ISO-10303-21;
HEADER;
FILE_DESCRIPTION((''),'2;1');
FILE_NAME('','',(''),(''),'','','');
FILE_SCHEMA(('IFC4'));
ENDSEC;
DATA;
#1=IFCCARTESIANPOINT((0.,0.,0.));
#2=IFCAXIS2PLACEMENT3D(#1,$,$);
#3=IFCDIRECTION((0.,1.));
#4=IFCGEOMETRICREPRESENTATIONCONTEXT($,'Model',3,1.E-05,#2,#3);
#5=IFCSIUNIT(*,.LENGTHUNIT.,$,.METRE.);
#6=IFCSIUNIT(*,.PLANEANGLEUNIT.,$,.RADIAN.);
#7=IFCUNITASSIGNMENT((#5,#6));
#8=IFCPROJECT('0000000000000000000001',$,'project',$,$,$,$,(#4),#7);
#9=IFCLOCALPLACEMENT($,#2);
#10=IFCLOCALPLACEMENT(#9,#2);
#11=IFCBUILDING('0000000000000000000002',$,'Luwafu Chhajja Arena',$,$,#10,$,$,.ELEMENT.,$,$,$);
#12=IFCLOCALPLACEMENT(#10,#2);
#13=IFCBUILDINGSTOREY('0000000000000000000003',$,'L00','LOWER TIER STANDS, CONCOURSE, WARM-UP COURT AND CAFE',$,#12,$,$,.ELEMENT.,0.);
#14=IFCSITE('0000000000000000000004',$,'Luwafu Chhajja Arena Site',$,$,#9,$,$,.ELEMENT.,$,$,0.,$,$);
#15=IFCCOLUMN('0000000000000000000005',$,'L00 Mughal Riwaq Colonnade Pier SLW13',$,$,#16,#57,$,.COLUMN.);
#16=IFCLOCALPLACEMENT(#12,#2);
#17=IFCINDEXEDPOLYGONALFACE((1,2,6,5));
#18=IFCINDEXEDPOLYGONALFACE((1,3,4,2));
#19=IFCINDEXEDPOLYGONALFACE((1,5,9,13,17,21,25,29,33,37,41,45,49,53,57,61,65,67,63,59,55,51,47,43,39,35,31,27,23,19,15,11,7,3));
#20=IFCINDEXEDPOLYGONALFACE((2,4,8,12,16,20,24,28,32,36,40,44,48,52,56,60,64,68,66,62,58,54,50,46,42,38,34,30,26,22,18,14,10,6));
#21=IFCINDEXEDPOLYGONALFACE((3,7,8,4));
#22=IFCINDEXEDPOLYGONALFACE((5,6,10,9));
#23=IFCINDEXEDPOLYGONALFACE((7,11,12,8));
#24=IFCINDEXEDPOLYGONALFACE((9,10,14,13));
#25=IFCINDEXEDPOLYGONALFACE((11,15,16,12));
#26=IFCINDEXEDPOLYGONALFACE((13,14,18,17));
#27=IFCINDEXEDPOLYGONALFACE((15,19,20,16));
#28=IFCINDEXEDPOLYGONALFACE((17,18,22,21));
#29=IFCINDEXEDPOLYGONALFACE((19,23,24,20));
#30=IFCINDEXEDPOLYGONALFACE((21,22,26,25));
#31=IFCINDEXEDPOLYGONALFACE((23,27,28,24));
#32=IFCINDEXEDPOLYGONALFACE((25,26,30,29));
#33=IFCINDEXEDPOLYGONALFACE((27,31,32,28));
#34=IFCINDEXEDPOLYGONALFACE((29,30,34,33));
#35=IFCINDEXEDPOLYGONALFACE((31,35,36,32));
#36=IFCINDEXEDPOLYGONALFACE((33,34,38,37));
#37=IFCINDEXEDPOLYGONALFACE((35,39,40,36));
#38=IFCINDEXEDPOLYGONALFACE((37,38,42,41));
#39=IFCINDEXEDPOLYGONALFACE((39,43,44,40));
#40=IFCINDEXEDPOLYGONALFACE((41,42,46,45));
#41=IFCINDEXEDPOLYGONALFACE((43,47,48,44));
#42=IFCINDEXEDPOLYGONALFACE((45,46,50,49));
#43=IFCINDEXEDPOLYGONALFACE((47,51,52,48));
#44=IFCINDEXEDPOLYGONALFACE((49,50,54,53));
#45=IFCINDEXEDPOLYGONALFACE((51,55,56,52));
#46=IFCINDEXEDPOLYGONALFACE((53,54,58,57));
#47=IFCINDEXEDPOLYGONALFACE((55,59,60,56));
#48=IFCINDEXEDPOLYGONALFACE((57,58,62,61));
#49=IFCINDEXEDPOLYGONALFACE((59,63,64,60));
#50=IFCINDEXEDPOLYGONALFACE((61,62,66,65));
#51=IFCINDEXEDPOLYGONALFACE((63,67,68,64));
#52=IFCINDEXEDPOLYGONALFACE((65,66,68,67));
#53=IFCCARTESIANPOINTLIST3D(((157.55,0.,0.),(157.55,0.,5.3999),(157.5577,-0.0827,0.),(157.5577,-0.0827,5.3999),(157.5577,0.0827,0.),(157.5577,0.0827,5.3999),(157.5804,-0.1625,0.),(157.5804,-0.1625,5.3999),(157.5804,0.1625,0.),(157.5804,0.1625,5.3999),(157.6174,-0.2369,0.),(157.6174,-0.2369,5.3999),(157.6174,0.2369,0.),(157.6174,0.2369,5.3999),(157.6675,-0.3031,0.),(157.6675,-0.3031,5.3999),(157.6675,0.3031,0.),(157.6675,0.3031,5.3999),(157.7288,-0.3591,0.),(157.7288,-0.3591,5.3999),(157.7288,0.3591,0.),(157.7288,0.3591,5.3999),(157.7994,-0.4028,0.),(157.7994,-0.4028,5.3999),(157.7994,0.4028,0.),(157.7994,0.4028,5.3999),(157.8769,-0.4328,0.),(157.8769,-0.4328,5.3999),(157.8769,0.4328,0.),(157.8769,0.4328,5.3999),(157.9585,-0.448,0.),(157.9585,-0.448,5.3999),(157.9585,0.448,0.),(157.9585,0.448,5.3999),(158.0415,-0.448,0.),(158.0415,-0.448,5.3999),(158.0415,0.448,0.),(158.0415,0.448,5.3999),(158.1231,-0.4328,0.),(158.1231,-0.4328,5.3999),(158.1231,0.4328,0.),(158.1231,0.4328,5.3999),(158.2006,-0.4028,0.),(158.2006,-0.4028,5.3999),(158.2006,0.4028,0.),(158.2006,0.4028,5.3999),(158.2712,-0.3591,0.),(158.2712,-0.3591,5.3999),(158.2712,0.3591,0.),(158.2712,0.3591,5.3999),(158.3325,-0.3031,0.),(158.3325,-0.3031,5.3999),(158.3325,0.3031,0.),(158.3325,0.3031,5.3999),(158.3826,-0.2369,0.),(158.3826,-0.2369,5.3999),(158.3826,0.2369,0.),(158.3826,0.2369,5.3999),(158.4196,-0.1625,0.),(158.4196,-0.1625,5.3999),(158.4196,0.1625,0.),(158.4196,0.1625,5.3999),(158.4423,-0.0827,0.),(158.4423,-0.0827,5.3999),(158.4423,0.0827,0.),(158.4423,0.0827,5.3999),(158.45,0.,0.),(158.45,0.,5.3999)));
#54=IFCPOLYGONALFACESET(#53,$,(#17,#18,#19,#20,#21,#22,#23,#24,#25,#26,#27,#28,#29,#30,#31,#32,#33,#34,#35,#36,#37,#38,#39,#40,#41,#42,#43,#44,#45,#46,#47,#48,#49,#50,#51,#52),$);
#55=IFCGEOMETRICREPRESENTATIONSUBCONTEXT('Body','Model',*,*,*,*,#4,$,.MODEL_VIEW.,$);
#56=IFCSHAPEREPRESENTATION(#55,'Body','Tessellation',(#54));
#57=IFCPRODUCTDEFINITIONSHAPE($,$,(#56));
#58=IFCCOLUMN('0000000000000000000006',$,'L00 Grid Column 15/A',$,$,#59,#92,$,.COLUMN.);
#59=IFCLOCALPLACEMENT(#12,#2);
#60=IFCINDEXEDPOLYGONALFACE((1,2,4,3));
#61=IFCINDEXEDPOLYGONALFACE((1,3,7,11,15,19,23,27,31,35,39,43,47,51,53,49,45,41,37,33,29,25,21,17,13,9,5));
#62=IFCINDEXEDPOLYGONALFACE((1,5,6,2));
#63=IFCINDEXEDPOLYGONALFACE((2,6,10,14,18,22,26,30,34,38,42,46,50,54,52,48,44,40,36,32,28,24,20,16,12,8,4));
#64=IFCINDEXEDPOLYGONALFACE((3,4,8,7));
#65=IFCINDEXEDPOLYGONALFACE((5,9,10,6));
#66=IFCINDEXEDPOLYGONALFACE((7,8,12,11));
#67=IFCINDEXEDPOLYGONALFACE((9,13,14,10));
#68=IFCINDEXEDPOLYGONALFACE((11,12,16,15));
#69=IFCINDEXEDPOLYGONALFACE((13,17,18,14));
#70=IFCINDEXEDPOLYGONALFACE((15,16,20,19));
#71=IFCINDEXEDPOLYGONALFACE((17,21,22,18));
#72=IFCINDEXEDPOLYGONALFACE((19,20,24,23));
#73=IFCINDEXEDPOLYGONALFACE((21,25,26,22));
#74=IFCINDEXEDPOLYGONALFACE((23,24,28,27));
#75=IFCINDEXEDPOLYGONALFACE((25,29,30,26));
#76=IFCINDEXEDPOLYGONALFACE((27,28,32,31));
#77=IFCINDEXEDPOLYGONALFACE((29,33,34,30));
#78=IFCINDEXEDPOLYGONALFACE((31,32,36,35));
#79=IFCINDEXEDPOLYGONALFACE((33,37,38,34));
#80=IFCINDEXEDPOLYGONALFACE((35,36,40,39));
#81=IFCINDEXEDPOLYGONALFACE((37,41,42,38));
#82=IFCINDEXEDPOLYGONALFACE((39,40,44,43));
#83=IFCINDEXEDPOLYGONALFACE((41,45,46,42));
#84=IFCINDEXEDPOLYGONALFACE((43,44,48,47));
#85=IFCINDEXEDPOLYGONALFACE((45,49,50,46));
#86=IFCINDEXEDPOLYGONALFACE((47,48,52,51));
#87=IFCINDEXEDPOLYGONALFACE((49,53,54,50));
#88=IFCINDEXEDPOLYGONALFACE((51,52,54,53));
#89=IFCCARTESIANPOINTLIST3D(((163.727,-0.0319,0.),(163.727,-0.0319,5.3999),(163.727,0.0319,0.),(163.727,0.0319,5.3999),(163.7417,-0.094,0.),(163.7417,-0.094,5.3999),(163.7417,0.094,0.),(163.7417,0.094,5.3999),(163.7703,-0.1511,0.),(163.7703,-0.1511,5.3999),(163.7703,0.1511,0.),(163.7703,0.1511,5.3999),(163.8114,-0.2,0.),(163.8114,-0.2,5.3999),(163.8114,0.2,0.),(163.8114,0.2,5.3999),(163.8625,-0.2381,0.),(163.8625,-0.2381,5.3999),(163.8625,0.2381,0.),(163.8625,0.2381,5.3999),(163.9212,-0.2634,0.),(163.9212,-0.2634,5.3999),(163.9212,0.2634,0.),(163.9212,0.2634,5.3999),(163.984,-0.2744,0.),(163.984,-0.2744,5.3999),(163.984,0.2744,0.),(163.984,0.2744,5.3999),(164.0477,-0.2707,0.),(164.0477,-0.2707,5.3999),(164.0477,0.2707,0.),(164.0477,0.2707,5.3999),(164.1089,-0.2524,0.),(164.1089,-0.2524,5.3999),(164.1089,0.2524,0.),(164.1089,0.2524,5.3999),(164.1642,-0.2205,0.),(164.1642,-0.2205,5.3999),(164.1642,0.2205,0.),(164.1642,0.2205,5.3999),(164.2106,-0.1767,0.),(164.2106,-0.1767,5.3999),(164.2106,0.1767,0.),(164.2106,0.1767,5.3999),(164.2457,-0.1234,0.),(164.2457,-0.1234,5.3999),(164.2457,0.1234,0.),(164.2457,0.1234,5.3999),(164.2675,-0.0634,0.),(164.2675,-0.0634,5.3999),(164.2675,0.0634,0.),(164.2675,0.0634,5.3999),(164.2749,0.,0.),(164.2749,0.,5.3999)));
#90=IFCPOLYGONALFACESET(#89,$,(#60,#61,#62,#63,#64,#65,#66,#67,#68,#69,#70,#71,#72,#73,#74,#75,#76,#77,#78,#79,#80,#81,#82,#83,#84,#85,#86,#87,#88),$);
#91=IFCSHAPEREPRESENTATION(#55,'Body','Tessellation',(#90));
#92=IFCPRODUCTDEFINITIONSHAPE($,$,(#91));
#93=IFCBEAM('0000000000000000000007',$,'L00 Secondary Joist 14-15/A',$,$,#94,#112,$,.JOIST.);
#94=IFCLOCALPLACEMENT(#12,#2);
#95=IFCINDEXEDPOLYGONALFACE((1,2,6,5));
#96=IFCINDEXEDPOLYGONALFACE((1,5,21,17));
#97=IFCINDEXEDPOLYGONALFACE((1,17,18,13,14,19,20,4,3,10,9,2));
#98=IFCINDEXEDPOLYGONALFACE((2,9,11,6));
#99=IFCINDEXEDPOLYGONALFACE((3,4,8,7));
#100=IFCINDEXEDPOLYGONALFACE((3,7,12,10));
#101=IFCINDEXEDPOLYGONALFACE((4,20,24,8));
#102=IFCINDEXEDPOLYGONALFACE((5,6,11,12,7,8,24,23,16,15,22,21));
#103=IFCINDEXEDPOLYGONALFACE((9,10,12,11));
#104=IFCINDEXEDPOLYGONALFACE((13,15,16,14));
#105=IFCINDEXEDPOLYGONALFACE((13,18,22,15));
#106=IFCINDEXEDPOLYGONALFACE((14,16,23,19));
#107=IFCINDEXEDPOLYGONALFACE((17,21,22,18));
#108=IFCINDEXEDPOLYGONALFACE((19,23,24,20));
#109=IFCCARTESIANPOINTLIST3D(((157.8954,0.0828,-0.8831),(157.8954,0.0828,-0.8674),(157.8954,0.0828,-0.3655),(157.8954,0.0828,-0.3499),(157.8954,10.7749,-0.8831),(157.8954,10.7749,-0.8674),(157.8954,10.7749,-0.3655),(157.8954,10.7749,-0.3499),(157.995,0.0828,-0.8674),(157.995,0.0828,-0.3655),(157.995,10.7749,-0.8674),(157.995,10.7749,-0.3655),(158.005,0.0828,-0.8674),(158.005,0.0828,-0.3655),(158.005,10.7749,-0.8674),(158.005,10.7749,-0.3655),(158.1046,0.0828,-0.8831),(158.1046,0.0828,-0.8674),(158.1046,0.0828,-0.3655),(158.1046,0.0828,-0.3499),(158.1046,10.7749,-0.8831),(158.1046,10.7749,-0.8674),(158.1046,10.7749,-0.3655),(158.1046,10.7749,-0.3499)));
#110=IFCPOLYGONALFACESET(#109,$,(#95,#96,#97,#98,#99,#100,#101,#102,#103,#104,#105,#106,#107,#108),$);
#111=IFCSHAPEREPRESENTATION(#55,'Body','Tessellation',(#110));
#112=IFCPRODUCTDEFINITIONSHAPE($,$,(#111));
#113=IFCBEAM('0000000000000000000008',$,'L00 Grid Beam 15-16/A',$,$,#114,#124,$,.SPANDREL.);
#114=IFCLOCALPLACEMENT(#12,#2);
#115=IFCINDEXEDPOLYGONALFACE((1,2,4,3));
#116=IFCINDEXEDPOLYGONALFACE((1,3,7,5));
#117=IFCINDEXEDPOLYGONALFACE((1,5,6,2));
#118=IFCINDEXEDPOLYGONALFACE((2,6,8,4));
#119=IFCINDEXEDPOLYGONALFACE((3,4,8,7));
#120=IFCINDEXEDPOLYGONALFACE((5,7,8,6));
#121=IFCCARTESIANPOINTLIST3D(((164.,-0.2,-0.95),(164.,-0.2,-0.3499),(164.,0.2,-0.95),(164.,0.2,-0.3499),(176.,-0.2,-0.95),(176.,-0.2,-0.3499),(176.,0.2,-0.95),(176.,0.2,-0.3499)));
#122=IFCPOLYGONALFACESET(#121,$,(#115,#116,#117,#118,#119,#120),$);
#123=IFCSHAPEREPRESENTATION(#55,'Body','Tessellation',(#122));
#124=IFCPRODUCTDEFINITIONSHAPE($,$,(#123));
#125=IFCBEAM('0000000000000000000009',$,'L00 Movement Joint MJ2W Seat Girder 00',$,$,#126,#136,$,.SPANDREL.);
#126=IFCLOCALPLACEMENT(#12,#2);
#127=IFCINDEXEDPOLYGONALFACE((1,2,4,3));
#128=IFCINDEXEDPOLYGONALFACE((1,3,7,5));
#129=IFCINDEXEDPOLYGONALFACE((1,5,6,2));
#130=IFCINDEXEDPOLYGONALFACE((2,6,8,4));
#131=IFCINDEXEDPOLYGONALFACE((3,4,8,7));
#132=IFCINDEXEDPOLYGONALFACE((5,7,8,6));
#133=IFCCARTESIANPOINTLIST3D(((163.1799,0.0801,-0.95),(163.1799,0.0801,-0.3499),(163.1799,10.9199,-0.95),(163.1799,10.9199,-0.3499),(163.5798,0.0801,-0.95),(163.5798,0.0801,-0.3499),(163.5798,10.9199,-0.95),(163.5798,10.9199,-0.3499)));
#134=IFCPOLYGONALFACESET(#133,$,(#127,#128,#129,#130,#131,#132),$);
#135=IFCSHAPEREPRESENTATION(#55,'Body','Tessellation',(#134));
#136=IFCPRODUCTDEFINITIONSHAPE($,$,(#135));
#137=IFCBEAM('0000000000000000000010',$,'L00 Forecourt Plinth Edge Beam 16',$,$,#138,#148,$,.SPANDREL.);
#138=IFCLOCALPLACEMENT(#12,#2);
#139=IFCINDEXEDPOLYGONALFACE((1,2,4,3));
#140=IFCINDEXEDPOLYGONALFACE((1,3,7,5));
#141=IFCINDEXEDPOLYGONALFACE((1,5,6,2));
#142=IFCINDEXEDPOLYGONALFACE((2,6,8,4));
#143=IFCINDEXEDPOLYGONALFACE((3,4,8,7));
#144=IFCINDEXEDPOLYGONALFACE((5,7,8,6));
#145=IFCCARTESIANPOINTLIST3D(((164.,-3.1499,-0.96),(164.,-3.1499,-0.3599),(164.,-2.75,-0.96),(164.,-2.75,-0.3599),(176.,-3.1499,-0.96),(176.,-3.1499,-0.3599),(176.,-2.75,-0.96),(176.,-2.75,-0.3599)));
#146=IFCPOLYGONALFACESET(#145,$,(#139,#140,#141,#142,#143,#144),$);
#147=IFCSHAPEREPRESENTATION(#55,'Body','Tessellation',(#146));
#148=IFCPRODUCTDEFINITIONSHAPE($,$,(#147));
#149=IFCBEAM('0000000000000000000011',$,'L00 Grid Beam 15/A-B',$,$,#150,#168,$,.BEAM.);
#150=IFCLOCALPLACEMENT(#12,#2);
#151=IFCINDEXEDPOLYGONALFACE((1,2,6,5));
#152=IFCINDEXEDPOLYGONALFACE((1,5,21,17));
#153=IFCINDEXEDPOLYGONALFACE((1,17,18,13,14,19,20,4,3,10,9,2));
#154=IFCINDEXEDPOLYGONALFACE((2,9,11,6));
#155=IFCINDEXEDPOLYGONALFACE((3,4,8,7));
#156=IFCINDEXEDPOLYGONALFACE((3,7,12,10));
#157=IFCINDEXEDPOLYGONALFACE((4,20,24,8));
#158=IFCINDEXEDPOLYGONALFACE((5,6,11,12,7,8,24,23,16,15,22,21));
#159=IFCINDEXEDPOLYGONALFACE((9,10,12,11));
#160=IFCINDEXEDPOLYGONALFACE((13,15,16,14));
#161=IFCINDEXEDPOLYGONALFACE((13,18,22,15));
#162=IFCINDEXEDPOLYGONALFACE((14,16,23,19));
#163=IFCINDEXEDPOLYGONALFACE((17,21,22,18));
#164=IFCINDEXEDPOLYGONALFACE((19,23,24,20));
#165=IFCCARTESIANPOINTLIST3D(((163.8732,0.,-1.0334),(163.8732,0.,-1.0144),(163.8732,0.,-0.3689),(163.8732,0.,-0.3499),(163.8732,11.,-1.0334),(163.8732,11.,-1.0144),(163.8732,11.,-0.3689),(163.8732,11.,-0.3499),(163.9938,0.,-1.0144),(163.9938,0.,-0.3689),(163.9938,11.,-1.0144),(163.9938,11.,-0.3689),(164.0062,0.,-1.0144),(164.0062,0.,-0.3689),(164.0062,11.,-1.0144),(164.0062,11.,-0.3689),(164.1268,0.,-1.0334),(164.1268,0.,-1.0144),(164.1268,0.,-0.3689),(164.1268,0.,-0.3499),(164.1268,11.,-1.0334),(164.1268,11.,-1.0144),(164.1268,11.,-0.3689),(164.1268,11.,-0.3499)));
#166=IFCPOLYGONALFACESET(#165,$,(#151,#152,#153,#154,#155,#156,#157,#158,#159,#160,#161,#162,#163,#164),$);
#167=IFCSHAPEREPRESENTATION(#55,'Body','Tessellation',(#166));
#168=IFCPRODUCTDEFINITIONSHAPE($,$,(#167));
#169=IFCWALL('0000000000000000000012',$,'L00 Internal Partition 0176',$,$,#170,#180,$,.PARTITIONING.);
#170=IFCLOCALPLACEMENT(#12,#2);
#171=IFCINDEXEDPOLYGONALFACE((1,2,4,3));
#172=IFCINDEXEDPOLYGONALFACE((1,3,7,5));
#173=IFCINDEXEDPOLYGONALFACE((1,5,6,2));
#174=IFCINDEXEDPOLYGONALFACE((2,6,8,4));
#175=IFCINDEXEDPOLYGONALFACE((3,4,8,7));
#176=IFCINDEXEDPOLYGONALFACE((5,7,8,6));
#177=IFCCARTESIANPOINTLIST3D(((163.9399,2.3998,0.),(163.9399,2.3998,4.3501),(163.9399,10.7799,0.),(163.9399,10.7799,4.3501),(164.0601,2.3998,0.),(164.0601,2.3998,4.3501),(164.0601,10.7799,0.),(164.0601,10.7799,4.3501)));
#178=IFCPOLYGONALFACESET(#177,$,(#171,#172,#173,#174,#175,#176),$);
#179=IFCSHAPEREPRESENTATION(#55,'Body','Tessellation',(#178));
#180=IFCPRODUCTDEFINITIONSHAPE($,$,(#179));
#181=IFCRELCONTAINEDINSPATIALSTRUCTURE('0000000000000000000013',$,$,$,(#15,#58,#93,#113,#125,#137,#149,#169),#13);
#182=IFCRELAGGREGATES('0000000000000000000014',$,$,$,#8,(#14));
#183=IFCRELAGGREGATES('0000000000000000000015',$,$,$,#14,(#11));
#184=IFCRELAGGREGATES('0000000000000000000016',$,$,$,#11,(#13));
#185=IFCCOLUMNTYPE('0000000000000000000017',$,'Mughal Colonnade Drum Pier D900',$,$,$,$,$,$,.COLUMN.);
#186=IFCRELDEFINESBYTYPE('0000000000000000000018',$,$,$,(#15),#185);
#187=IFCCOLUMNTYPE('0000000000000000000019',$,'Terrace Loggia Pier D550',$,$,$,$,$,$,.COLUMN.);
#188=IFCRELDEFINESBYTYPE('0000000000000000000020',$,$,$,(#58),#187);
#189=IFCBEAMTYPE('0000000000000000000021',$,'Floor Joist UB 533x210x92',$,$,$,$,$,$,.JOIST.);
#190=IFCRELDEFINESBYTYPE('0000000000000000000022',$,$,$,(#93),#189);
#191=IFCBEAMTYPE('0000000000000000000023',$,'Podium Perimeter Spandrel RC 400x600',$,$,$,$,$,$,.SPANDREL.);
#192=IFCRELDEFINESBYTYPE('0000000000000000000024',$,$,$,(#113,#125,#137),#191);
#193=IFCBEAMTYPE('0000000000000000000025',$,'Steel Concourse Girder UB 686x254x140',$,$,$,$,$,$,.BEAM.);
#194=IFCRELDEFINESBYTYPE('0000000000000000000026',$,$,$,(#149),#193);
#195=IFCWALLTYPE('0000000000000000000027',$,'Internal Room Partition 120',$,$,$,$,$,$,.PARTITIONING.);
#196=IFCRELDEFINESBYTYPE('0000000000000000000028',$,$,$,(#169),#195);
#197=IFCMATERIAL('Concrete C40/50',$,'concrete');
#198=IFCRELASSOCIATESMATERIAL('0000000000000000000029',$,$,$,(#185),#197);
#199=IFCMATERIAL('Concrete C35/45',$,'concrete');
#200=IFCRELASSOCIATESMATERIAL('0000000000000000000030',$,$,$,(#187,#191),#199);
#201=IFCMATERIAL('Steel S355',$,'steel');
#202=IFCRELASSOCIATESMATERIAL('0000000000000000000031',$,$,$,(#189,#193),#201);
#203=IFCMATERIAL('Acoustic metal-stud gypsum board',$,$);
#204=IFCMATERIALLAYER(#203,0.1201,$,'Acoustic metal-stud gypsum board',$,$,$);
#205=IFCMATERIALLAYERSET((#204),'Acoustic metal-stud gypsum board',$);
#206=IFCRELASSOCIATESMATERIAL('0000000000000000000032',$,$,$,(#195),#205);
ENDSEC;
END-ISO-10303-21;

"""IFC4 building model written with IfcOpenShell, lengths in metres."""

from ifc_helpers import new_model, si_unit, direction, frame, frame_2d, origin, origin_2d, place, context, subcontext, project, spatial, rectangle, circle, i_section, extrude, material, layer, layer_set, material_profile, profile_set, type_object, element, save


model = new_model("IFC4")

# Units and contexts
model_context = context("Model", 3, precision=1e-05, world=origin(), true_north=direction((0.0, 1.0)))
body_context = subcontext(model_context, "Body", "Model", "MODEL_VIEW")
ifc_project = project(units=[si_unit("LENGTHUNIT", "METRE"), si_unit("PLANEANGLEUNIT", "RADIAN")], contexts=[model_context])

# Site, building, storey
site_placement = place(None, origin())
site = spatial("IfcSite", under=ifc_project, at=site_placement, Name="Luwafu Chhajja Arena Site", CompositionType="ELEMENT", RefElevation=0.0)
building_placement = place(site_placement, origin())
building = spatial("IfcBuilding", under=site, at=building_placement, Name="Luwafu Chhajja Arena", CompositionType="ELEMENT")
storey_placement = place(building_placement, origin())
storey = spatial("IfcBuildingStorey", under=building, at=storey_placement, Name="L00", Description="LOWER TIER STANDS, CONCOURSE, WARM-UP COURT AND CAFE", CompositionType="ELEMENT", Elevation=0.0)

# Columns
ifc_material_1 = material(Name="Concrete C40/50", Category="concrete")
ifc_material_profile_1 = material_profile(ifc_material_1, circle(Radius=0.45, at=origin_2d()), Name="RC COL D900")
ifc_profile_set_1 = profile_set([ifc_material_profile_1], Name="Concrete C40/50")
column_type_1 = type_object("IfcColumnType", Name="Mughal Colonnade Drum Pier D900", PredefinedType="COLUMN", material=ifc_profile_set_1)
column_1_placement = place(storey_placement, frame((158.0, 0.0, 0.0), z_axis=(0.0, 0.0, 1.0), x_axis=(1.0, 0.0, 0.0)))
element("IfcColumn", 1, at=column_1_placement, inside=storey, type_object=column_type_1, Name="L00 Mughal Riwaq Colonnade Pier SLW13", PredefinedType="COLUMN", context=body_context, shape_type="SweptSolid", body=[
    extrude(circle(Radius=0.45, at=origin_2d()), origin(), (0.0, 0.0, 1.0), 5.3999),
])
ifc_material_2 = material(Name="Concrete C35/45", Category="concrete")
ifc_material_profile_2 = material_profile(ifc_material_2, circle(Radius=0.2749, at=origin_2d()), Name="RC COL D550")
ifc_profile_set_2 = profile_set([ifc_material_profile_2], Name="Concrete C35/45")
column_type_2 = type_object("IfcColumnType", Name="Terrace Loggia Pier D550", PredefinedType="COLUMN", material=ifc_profile_set_2)
column_2_placement = place(storey_placement, frame((164.0, 0.0, 0.0), z_axis=(0.0, 0.0, 1.0), x_axis=(1.0, 0.0, 0.0)))
element("IfcColumn", 2, at=column_2_placement, inside=storey, type_object=column_type_2, Name="L00 Grid Column 15/A", PredefinedType="COLUMN", context=body_context, shape_type="SweptSolid", body=[
    extrude(circle(Radius=0.2749, at=origin_2d()), origin(), (0.0, 0.0, 1.0), 5.3999),
])

# Beams
ifc_material_3 = material(Name="Steel S355", Category="steel")
ifc_material_profile_3 = material_profile(ifc_material_3, i_section(OverallWidth=0.2092, OverallDepth=0.5332, WebThickness=0.01, FlangeThickness=0.0156, at=origin_2d()), Name="UB 533x210x92")
ifc_profile_set_3 = profile_set([ifc_material_profile_3], Name="Steel S355")
beam_type_1 = type_object("IfcBeamType", Name="Floor Joist UB 533x210x92", PredefinedType="JOIST", material=ifc_profile_set_3)
beam_1_placement = place(storey_placement, frame((158.0, 0.0828, -0.6165), z_axis=(0.0, 1.0, 0.0), x_axis=(-1.0, 0.0, 0.0)))
element("IfcBeam", 3, at=beam_1_placement, inside=storey, type_object=beam_type_1, Name="L00 Secondary Joist 14-15/A", PredefinedType="JOIST", context=body_context, shape_type="SweptSolid", body=[
    extrude(i_section(OverallWidth=0.2092, OverallDepth=0.5332, WebThickness=0.01, FlangeThickness=0.0156, at=origin_2d()), origin(), (0.0, 0.0, 1.0), 10.6921),
])
ifc_material_profile_4 = material_profile(ifc_material_2, rectangle(XDim=0.3999, YDim=0.6001, at=origin_2d()), Name="RC 400x600")
ifc_profile_set_4 = profile_set([ifc_material_profile_4], Name="Concrete C35/45")
beam_type_2 = type_object("IfcBeamType", Name="Podium Perimeter Spandrel RC 400x600", PredefinedType="SPANDREL", material=ifc_profile_set_4)
beam_2_placement = place(storey_placement, frame((164.0, 0.0, -0.6499), z_axis=(1.0, 0.0, 0.0), x_axis=(0.0, 1.0, 0.0)))
element("IfcBeam", 4, at=beam_2_placement, inside=storey, type_object=beam_type_2, Name="L00 Grid Beam 15-16/A", PredefinedType="SPANDREL", context=body_context, shape_type="SweptSolid", body=[
    extrude(rectangle(XDim=0.3999, YDim=0.6001, at=origin_2d()), origin(), (0.0, 0.0, 1.0), 12.0),
])
beam_3_placement = place(storey_placement, frame((163.3799, 0.0801, -0.6499), z_axis=(0.0, 1.0, 0.0), x_axis=(-1.0, 0.0, 0.0)))
element("IfcBeam", 5, at=beam_3_placement, inside=storey, type_object=beam_type_2, Name="L00 Movement Joint MJ2W Seat Girder 00", PredefinedType="SPANDREL", context=body_context, shape_type="SweptSolid", body=[
    extrude(rectangle(XDim=0.3999, YDim=0.6001, at=origin_2d()), origin(), (0.0, 0.0, 1.0), 10.8398),
])
beam_4_placement = place(storey_placement, frame((164.0, -2.95, -0.6599), z_axis=(1.0, 0.0, 0.0), x_axis=(0.0, 1.0, 0.0)))
element("IfcBeam", 6, at=beam_4_placement, inside=storey, type_object=beam_type_2, Name="L00 Forecourt Plinth Edge Beam 16", PredefinedType="SPANDREL", context=body_context, shape_type="SweptSolid", body=[
    extrude(rectangle(XDim=0.3999, YDim=0.6001, at=origin_2d()), origin(), (0.0, 0.0, 1.0), 12.0),
])
ifc_material_profile_5 = material_profile(ifc_material_3, i_section(OverallWidth=0.2537, OverallDepth=0.6836, WebThickness=0.0125, FlangeThickness=0.019, at=origin_2d()), Name="UB 686x254x140")
ifc_profile_set_5 = profile_set([ifc_material_profile_5], Name="Steel S355")
beam_type_3 = type_object("IfcBeamType", Name="Steel Concourse Girder UB 686x254x140", PredefinedType="BEAM", material=ifc_profile_set_5)
beam_5_placement = place(storey_placement, frame((164.0, 0.0, -0.6917), z_axis=(0.0, 1.0, 0.0), x_axis=(-1.0, 0.0, 0.0)))
element("IfcBeam", 7, at=beam_5_placement, inside=storey, type_object=beam_type_3, Name="L00 Grid Beam 15/A-B", PredefinedType="BEAM", context=body_context, shape_type="SweptSolid", body=[
    extrude(i_section(OverallWidth=0.2537, OverallDepth=0.6836, WebThickness=0.0125, FlangeThickness=0.019, at=origin_2d()), origin(), (0.0, 0.0, 1.0), 11.0),
])

# Wall
ifc_material_4 = material(Name="Acoustic metal-stud gypsum board")
ifc_layer_1 = layer(ifc_material_4, 0.1201, Name="Acoustic metal-stud gypsum board")
ifc_layer_set_1 = layer_set([ifc_layer_1], Name="Acoustic metal-stud gypsum board")
wall_type_1 = type_object("IfcWallType", Name="Internal Room Partition 120", PredefinedType="PARTITIONING", material=ifc_layer_set_1)
wall_1_placement = place(storey_placement, frame((164.0, 2.3999, 0.0), z_axis=(0.0, 0.0, 1.0), x_axis=(0.0, 1.0, 0.0)))
element("IfcWall", 8, at=wall_1_placement, inside=storey, type_object=wall_type_1, Name="L00 Internal Partition 0176", PredefinedType="PARTITIONING", context=body_context, shape_type="SweptSolid", body=[
    extrude(rectangle(XDim=8.3801, YDim=0.1201, at=frame_2d((4.1899, 0.0))), origin(), (0.0, 0.0, 1.0), 4.3501),
])

save(model, "model.ifc")
